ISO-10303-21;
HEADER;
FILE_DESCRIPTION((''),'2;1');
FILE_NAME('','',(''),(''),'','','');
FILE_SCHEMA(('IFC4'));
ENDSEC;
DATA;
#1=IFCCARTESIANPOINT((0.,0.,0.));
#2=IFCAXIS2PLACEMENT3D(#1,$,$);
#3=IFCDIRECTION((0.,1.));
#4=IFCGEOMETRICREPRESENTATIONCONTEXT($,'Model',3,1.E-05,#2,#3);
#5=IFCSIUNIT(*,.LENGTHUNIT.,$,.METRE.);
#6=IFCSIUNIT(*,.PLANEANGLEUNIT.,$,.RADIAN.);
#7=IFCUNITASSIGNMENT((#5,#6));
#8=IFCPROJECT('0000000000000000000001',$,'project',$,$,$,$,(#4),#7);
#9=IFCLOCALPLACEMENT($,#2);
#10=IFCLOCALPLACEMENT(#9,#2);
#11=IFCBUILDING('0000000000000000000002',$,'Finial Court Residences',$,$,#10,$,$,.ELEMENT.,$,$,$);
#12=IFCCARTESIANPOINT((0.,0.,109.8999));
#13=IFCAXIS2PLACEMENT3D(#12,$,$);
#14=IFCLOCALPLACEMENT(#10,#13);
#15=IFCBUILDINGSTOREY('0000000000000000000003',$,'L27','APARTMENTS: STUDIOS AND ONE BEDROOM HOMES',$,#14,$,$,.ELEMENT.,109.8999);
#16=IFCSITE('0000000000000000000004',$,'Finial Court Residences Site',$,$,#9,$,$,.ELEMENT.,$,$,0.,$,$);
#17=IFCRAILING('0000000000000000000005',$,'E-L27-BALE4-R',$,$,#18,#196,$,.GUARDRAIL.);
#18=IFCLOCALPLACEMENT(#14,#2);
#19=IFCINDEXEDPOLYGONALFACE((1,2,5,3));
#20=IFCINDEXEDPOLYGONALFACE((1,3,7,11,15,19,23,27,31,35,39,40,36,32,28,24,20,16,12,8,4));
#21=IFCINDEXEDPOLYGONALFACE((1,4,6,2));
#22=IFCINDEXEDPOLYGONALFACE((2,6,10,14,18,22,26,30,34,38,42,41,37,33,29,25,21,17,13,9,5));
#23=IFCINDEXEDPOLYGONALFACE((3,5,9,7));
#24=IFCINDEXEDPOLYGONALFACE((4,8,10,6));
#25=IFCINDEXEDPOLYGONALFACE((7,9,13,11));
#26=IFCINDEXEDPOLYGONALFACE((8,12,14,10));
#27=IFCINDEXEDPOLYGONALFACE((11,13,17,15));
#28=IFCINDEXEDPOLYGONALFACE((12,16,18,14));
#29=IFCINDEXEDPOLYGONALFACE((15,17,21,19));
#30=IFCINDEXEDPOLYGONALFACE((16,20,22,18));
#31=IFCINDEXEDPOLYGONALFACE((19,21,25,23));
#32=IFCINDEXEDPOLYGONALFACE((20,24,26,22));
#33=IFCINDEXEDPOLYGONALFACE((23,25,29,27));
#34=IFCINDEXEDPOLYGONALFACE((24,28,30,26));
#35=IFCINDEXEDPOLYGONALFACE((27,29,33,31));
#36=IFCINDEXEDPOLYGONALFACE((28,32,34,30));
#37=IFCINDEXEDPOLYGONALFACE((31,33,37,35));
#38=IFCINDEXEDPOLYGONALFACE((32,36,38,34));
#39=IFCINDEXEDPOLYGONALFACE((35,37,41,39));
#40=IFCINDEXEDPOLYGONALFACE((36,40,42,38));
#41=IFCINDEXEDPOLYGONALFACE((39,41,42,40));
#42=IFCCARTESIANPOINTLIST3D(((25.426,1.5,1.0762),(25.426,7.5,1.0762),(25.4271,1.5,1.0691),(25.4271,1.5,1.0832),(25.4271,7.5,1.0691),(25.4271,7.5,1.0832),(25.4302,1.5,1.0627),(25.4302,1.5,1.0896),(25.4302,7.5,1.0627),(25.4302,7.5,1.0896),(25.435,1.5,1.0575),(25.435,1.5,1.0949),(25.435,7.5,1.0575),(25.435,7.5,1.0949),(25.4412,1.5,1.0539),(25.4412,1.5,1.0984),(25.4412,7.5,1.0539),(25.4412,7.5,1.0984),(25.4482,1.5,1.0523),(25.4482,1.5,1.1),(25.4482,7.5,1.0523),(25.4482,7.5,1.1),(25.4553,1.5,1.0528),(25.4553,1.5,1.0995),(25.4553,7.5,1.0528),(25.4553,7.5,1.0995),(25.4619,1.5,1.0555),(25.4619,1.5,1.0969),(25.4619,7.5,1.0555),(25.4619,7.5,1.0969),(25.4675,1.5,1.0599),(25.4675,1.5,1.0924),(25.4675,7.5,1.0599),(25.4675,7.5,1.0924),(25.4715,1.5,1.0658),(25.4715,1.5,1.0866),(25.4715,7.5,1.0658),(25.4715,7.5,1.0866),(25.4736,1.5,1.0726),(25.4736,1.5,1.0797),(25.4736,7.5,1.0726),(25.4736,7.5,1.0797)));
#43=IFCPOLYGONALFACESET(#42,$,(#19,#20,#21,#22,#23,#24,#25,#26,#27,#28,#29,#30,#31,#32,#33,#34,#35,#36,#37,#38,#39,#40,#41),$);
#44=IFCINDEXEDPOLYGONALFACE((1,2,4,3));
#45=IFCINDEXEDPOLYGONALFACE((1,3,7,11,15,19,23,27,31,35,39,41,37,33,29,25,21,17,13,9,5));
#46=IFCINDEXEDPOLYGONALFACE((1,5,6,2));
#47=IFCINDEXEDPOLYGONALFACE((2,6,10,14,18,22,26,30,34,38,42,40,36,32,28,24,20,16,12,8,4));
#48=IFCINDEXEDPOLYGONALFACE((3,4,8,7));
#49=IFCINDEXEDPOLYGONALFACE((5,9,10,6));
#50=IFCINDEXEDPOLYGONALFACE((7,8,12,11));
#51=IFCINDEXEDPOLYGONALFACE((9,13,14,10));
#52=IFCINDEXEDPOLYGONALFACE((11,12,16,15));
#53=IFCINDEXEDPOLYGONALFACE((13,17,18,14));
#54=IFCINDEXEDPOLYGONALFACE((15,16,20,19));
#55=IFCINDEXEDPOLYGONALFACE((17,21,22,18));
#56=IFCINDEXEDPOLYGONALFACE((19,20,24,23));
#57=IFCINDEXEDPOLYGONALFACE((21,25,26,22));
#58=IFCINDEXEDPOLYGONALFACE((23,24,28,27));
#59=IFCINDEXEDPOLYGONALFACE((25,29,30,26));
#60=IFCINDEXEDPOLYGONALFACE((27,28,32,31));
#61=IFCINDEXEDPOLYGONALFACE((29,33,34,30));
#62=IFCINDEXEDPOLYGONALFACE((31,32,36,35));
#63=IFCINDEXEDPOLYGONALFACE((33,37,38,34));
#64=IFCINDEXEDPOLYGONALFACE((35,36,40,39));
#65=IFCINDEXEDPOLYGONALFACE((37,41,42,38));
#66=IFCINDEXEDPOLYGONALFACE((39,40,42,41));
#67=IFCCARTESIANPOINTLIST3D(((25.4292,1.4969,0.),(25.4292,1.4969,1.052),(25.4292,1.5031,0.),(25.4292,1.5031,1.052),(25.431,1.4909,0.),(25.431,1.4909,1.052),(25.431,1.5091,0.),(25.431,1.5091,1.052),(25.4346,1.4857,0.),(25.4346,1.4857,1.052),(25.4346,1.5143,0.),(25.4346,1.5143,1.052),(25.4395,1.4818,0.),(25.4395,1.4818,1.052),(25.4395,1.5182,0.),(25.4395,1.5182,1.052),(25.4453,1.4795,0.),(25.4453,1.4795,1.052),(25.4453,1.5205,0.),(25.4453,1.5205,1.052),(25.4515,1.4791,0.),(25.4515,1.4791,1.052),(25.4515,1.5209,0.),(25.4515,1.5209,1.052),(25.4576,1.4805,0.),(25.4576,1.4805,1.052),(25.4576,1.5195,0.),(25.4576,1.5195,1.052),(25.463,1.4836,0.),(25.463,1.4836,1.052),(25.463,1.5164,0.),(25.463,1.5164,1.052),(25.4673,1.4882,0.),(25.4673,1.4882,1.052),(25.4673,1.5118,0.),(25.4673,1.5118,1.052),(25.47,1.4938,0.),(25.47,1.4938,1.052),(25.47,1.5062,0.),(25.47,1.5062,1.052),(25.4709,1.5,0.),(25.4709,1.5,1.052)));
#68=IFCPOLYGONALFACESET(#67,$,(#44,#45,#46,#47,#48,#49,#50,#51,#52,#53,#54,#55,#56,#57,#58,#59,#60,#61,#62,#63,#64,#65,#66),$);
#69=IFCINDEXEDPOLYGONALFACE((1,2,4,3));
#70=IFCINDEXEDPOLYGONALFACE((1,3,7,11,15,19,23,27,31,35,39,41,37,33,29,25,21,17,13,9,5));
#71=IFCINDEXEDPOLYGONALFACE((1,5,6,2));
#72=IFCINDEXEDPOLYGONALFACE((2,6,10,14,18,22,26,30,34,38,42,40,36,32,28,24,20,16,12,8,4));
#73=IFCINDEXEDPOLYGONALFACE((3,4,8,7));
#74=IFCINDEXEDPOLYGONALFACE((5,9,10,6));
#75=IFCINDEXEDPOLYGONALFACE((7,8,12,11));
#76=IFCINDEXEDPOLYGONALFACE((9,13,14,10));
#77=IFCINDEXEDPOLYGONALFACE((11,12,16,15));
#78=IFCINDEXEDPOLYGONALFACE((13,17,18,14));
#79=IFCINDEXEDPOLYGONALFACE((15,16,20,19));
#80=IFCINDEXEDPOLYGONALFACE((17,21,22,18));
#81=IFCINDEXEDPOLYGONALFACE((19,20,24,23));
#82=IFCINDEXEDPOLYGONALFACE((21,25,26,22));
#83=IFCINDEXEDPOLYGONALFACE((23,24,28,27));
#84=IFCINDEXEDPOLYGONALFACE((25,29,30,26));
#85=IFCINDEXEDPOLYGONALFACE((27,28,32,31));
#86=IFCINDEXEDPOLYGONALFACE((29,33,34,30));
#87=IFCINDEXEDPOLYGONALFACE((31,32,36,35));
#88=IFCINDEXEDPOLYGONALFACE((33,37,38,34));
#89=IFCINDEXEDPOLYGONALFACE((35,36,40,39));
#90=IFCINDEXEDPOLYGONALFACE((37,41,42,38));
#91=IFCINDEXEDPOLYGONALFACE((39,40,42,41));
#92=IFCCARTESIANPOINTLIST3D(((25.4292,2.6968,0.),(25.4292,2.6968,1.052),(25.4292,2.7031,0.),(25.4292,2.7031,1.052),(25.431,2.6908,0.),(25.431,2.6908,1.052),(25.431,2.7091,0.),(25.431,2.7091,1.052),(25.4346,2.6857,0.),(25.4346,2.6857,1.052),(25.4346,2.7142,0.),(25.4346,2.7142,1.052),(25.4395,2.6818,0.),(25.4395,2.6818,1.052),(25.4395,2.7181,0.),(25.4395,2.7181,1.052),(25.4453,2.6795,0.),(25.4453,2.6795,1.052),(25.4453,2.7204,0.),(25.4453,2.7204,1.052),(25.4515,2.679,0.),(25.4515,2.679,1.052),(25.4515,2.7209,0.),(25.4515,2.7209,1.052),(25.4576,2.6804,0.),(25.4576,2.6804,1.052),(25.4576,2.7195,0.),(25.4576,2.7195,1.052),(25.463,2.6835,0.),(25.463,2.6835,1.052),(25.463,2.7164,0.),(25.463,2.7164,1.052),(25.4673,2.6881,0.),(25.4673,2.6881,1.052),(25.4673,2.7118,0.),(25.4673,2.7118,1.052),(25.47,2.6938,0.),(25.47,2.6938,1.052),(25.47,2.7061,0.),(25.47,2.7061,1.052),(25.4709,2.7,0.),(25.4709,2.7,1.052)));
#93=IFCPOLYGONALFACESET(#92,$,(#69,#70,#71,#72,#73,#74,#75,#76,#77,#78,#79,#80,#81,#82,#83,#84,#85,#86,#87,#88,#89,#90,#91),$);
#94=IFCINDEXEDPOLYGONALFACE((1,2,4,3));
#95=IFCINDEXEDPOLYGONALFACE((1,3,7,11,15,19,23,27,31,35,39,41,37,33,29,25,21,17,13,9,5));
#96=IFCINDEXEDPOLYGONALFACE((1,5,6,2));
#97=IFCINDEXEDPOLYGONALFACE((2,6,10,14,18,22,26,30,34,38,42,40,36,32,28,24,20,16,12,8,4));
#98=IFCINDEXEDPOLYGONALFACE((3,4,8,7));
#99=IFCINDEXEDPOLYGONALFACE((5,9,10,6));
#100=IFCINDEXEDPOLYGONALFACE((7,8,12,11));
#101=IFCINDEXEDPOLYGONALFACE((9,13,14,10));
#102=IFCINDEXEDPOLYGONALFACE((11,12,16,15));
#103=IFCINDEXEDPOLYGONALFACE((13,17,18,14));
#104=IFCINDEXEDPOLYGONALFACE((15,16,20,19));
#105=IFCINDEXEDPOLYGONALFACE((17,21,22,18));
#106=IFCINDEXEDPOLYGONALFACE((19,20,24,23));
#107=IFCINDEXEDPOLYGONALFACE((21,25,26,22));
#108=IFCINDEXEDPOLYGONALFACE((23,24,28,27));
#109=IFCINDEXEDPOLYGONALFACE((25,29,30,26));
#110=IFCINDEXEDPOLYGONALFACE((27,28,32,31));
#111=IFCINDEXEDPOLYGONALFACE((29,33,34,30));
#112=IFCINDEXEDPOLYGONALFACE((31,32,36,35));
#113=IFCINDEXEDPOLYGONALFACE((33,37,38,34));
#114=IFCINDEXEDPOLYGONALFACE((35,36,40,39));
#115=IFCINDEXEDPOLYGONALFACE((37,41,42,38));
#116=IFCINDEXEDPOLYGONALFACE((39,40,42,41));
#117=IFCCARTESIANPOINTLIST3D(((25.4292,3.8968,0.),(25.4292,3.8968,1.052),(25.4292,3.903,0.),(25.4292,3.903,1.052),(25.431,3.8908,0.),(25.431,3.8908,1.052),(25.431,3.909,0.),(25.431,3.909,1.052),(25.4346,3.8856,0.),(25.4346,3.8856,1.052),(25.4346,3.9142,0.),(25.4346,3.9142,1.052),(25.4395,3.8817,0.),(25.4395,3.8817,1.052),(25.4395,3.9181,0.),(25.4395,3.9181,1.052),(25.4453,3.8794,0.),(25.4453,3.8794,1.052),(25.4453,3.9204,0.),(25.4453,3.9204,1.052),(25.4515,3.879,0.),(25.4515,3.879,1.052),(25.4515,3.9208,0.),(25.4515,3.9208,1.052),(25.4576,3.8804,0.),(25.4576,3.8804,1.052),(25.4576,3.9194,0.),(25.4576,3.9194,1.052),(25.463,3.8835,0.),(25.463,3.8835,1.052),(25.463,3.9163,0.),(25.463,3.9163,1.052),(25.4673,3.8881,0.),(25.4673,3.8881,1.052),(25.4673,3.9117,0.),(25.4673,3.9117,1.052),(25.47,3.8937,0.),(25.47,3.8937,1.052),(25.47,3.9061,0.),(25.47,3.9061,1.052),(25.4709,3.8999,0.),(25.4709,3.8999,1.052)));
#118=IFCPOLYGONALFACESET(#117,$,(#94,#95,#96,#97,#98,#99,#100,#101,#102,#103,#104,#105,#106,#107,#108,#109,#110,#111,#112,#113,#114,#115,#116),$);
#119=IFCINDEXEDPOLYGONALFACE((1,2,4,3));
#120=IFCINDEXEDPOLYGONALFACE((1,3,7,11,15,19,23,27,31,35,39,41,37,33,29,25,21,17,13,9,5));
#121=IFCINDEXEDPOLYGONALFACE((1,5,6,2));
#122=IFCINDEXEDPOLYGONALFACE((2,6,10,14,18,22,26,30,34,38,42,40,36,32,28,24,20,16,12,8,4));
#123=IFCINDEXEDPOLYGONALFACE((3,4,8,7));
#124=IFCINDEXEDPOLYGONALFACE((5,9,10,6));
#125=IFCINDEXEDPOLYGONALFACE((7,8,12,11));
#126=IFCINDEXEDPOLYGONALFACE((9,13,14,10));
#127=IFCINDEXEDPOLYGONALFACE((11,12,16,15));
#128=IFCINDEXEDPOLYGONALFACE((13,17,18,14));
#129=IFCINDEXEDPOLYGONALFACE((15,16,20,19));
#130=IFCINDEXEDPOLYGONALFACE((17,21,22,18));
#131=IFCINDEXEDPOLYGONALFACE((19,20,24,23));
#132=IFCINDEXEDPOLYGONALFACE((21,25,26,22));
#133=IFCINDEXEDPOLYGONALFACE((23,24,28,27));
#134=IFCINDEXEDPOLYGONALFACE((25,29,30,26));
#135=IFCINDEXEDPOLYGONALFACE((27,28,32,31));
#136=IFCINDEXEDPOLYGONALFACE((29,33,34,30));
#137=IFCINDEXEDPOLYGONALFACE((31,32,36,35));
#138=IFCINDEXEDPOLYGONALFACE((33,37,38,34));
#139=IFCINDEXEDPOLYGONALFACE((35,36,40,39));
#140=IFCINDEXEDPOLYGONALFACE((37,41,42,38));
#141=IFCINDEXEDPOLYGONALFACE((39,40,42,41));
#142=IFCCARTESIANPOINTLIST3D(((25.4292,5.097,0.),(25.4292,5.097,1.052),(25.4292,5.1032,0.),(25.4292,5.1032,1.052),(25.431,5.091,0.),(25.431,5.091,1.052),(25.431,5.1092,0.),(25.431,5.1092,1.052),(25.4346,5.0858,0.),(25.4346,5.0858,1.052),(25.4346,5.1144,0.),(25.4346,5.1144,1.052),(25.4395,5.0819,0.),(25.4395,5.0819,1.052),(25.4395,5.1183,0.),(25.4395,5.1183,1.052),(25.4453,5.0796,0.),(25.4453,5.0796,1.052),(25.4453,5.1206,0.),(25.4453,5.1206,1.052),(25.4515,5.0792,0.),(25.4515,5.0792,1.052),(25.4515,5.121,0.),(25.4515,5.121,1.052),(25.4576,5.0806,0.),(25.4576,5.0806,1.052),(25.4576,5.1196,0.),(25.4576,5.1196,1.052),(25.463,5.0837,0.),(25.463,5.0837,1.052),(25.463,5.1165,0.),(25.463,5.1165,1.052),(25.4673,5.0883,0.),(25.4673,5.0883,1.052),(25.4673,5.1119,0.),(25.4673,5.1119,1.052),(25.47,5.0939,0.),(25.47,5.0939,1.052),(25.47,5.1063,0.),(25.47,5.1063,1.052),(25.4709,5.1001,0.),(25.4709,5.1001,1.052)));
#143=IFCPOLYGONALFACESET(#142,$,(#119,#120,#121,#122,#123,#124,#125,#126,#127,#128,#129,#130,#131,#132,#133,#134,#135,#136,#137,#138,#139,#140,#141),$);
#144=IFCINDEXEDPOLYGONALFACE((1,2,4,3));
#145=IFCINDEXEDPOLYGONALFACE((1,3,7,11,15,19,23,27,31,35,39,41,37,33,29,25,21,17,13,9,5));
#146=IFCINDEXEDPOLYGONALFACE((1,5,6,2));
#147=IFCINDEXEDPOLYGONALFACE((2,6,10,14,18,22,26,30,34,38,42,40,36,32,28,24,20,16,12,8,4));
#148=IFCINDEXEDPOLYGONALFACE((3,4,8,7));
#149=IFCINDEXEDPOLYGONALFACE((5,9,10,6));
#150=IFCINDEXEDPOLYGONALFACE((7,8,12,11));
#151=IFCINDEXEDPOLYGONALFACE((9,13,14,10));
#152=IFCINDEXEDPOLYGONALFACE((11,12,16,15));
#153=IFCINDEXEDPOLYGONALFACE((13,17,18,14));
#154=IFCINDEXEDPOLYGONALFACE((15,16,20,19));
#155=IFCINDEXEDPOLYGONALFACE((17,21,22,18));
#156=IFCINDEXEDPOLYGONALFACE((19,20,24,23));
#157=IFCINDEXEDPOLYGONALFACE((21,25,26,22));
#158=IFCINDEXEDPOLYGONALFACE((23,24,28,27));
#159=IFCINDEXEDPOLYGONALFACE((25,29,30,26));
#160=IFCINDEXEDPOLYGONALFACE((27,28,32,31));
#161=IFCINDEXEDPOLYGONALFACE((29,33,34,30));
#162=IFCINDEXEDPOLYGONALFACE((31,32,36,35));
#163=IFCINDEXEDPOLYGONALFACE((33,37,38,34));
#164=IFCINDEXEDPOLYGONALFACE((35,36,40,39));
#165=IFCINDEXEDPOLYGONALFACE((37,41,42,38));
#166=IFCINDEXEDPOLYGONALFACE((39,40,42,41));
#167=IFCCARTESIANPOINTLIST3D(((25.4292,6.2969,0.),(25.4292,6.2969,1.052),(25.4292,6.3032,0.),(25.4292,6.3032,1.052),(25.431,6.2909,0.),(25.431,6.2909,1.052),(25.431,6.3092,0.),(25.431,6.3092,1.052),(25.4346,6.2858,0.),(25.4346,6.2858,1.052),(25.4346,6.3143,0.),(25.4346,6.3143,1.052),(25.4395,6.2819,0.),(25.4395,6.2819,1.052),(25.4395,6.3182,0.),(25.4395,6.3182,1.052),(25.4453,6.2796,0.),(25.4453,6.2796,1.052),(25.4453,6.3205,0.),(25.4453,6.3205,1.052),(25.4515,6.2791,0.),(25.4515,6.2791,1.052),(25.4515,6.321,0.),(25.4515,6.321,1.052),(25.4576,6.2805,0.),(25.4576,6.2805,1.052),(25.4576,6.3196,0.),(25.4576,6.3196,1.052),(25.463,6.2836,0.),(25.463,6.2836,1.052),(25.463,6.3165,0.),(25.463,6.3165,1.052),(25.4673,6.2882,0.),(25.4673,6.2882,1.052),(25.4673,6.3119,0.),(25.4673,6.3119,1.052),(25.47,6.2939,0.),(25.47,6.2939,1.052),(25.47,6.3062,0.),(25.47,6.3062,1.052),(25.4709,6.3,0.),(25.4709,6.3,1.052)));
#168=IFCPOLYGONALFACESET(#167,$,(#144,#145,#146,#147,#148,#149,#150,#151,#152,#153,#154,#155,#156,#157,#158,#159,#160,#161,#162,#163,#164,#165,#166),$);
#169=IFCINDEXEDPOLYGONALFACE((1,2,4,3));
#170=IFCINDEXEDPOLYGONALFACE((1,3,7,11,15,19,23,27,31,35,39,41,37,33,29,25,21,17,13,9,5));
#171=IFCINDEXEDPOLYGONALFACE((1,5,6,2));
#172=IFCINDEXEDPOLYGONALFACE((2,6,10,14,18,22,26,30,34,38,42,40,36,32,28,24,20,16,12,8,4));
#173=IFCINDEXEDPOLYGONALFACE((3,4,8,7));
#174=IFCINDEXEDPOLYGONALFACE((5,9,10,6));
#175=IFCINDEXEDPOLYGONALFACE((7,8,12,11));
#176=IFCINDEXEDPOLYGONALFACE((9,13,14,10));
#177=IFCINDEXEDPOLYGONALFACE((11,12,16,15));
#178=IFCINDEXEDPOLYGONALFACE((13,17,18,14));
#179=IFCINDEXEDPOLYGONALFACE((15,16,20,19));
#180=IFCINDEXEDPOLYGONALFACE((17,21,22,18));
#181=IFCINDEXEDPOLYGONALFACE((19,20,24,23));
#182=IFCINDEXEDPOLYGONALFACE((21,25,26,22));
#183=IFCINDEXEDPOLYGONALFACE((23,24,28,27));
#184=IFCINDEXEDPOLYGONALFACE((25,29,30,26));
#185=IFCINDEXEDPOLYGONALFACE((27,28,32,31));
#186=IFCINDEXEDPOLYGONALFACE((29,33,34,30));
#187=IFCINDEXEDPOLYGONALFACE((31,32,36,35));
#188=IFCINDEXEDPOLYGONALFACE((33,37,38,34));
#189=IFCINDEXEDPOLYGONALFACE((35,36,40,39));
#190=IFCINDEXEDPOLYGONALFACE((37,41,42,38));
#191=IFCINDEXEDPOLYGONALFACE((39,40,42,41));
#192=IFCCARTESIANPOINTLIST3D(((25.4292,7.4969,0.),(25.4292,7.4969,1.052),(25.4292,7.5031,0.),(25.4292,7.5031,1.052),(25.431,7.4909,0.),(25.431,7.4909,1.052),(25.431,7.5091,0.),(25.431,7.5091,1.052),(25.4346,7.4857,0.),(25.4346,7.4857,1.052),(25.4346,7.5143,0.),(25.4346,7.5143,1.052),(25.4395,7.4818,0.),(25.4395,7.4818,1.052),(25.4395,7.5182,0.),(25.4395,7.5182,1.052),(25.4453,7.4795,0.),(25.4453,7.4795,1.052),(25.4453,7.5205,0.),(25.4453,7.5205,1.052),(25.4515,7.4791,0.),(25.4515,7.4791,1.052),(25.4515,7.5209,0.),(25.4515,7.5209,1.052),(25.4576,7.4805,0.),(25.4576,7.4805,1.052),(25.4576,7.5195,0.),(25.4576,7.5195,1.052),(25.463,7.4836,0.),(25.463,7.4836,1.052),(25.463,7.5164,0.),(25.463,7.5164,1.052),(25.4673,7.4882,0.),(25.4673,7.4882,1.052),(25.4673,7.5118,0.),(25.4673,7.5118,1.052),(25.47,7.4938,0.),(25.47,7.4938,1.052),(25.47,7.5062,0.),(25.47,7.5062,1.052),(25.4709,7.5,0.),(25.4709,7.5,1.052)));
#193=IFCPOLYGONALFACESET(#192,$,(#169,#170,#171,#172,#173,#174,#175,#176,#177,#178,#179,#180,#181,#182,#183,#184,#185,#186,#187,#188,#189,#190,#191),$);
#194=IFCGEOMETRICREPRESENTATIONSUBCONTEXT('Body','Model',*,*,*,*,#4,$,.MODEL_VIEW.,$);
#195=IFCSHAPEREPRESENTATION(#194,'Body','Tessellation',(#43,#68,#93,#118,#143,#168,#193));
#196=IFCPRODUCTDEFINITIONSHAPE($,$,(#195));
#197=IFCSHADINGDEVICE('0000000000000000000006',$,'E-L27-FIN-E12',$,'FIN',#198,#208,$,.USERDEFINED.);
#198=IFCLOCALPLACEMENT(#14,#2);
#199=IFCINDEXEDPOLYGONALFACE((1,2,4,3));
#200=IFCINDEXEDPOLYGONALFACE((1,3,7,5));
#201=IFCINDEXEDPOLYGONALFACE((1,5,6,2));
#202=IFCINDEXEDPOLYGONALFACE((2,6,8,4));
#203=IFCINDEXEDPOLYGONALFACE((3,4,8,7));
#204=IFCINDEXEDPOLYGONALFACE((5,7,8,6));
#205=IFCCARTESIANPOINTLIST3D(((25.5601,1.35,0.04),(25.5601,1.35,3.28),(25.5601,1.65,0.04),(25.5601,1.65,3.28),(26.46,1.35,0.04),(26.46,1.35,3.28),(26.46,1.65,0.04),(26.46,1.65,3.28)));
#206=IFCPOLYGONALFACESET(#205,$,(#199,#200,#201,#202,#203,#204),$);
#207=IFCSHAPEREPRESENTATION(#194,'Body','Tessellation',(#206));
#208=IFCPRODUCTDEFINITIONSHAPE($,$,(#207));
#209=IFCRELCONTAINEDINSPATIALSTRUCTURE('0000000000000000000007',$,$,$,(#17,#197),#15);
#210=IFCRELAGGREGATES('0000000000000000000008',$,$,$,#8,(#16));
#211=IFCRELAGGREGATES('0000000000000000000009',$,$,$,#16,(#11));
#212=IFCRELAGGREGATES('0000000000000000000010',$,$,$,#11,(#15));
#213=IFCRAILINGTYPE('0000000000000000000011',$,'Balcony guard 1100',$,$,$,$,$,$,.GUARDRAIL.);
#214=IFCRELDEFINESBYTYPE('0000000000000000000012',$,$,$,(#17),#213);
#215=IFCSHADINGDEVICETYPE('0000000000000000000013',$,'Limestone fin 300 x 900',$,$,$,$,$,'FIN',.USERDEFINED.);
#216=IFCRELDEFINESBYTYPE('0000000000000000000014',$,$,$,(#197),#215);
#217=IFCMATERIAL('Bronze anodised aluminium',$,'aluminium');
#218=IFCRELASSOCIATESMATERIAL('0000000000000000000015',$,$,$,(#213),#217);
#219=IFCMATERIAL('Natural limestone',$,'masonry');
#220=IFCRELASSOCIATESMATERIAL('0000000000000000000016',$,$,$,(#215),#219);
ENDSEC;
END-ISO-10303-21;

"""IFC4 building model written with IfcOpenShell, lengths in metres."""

from ifc_helpers import new_model, si_unit, direction, frame, origin, origin_2d, place, context, subcontext, project, spatial, rectangle, circle, extrude, material, type_object, element, save


model = new_model("IFC4")

# Units and contexts
model_context = context("Model", 3, precision=1e-05, world=origin(), true_north=direction((0.0, 1.0)))
body_context = subcontext(model_context, "Body", "Model", "MODEL_VIEW")
ifc_project = project(units=[si_unit("LENGTHUNIT", "METRE"), si_unit("PLANEANGLEUNIT", "RADIAN")], contexts=[model_context])

# Site, building, storey
site_placement = place(None, origin())
site = spatial("IfcSite", under=ifc_project, at=site_placement, Name="Finial Court Residences Site", CompositionType="ELEMENT", RefElevation=0.0)
building_placement = place(site_placement, origin())
building = spatial("IfcBuilding", under=site, at=building_placement, Name="Finial Court Residences", CompositionType="ELEMENT")
storey_placement = place(building_placement, frame((0.0, 0.0, 109.8999)))
storey = spatial("IfcBuildingStorey", under=building, at=storey_placement, Name="L27", Description="APARTMENTS: STUDIOS AND ONE BEDROOM HOMES", CompositionType="ELEMENT", Elevation=109.8999)

# Shared definitions
ifc_material_1 = material(Name="Natural limestone", Category="masonry")
ifc_material_2 = material(Name="Bronze anodised aluminium", Category="aluminium")

# Railing
railing_type = type_object("IfcRailingType", Name="Balcony guard 1100", PredefinedType="GUARDRAIL", material=ifc_material_2)
railing_placement = place(storey_placement, frame((25.45, 1.5, 0.0)))
element("IfcRailing", 1, at=railing_placement, inside=storey, type_object=railing_type, Name="E-L27-BALE4-R", PredefinedType="GUARDRAIL", context=body_context, shape_type="SweptSolid", body=[
    extrude(circle(Radius=0.0239, at=origin_2d()), frame((0.0, 0.0, 1.0762), z_axis=(0.0, 1.0, 0.0), x_axis=(-1.0, 0.0, 0.0)), (0.0, 0.0, 1.0), 6.0),
    extrude(circle(Radius=0.021, at=origin_2d()), origin(), (0.0, 0.0, 1.0), 1.052),
    extrude(circle(Radius=0.021, at=origin_2d()), frame((0.0, 1.2, 0.0)), (0.0, 0.0, 1.0), 1.052),
    extrude(circle(Radius=0.021, at=origin_2d()), frame((0.0, 2.3999, 0.0)), (0.0, 0.0, 1.0), 1.052),
    extrude(circle(Radius=0.021, at=origin_2d()), frame((0.0, 3.6001, 0.0)), (0.0, 0.0, 1.0), 1.052),
    extrude(circle(Radius=0.021, at=origin_2d()), frame((0.0, 4.8, 0.0)), (0.0, 0.0, 1.0), 1.052),
    extrude(circle(Radius=0.021, at=origin_2d()), frame((0.0, 6.0, 0.0)), (0.0, 0.0, 1.0), 1.052),
])

# Shading device
shading_device_type = type_object("IfcShadingDeviceType", Name="Limestone fin 300 x 900", ElementType="FIN", PredefinedType="USERDEFINED", material=ifc_material_1)
shading_device_placement = place(storey_placement, frame((26.01, 1.5, 0.04), z_axis=(0.0, 0.0, 1.0), x_axis=(1.0, 0.0, 0.0)))
element("IfcShadingDevice", 2, at=shading_device_placement, inside=storey, type_object=shading_device_type, Name="E-L27-FIN-E12", ObjectType="FIN", PredefinedType="USERDEFINED", context=body_context, shape_type="SweptSolid", body=[
    extrude(rectangle(XDim=0.8999, YDim=0.3, at=origin_2d()), origin(), (0.0, 0.0, 1.0), 3.24),
])

save(model, "model.ifc")
